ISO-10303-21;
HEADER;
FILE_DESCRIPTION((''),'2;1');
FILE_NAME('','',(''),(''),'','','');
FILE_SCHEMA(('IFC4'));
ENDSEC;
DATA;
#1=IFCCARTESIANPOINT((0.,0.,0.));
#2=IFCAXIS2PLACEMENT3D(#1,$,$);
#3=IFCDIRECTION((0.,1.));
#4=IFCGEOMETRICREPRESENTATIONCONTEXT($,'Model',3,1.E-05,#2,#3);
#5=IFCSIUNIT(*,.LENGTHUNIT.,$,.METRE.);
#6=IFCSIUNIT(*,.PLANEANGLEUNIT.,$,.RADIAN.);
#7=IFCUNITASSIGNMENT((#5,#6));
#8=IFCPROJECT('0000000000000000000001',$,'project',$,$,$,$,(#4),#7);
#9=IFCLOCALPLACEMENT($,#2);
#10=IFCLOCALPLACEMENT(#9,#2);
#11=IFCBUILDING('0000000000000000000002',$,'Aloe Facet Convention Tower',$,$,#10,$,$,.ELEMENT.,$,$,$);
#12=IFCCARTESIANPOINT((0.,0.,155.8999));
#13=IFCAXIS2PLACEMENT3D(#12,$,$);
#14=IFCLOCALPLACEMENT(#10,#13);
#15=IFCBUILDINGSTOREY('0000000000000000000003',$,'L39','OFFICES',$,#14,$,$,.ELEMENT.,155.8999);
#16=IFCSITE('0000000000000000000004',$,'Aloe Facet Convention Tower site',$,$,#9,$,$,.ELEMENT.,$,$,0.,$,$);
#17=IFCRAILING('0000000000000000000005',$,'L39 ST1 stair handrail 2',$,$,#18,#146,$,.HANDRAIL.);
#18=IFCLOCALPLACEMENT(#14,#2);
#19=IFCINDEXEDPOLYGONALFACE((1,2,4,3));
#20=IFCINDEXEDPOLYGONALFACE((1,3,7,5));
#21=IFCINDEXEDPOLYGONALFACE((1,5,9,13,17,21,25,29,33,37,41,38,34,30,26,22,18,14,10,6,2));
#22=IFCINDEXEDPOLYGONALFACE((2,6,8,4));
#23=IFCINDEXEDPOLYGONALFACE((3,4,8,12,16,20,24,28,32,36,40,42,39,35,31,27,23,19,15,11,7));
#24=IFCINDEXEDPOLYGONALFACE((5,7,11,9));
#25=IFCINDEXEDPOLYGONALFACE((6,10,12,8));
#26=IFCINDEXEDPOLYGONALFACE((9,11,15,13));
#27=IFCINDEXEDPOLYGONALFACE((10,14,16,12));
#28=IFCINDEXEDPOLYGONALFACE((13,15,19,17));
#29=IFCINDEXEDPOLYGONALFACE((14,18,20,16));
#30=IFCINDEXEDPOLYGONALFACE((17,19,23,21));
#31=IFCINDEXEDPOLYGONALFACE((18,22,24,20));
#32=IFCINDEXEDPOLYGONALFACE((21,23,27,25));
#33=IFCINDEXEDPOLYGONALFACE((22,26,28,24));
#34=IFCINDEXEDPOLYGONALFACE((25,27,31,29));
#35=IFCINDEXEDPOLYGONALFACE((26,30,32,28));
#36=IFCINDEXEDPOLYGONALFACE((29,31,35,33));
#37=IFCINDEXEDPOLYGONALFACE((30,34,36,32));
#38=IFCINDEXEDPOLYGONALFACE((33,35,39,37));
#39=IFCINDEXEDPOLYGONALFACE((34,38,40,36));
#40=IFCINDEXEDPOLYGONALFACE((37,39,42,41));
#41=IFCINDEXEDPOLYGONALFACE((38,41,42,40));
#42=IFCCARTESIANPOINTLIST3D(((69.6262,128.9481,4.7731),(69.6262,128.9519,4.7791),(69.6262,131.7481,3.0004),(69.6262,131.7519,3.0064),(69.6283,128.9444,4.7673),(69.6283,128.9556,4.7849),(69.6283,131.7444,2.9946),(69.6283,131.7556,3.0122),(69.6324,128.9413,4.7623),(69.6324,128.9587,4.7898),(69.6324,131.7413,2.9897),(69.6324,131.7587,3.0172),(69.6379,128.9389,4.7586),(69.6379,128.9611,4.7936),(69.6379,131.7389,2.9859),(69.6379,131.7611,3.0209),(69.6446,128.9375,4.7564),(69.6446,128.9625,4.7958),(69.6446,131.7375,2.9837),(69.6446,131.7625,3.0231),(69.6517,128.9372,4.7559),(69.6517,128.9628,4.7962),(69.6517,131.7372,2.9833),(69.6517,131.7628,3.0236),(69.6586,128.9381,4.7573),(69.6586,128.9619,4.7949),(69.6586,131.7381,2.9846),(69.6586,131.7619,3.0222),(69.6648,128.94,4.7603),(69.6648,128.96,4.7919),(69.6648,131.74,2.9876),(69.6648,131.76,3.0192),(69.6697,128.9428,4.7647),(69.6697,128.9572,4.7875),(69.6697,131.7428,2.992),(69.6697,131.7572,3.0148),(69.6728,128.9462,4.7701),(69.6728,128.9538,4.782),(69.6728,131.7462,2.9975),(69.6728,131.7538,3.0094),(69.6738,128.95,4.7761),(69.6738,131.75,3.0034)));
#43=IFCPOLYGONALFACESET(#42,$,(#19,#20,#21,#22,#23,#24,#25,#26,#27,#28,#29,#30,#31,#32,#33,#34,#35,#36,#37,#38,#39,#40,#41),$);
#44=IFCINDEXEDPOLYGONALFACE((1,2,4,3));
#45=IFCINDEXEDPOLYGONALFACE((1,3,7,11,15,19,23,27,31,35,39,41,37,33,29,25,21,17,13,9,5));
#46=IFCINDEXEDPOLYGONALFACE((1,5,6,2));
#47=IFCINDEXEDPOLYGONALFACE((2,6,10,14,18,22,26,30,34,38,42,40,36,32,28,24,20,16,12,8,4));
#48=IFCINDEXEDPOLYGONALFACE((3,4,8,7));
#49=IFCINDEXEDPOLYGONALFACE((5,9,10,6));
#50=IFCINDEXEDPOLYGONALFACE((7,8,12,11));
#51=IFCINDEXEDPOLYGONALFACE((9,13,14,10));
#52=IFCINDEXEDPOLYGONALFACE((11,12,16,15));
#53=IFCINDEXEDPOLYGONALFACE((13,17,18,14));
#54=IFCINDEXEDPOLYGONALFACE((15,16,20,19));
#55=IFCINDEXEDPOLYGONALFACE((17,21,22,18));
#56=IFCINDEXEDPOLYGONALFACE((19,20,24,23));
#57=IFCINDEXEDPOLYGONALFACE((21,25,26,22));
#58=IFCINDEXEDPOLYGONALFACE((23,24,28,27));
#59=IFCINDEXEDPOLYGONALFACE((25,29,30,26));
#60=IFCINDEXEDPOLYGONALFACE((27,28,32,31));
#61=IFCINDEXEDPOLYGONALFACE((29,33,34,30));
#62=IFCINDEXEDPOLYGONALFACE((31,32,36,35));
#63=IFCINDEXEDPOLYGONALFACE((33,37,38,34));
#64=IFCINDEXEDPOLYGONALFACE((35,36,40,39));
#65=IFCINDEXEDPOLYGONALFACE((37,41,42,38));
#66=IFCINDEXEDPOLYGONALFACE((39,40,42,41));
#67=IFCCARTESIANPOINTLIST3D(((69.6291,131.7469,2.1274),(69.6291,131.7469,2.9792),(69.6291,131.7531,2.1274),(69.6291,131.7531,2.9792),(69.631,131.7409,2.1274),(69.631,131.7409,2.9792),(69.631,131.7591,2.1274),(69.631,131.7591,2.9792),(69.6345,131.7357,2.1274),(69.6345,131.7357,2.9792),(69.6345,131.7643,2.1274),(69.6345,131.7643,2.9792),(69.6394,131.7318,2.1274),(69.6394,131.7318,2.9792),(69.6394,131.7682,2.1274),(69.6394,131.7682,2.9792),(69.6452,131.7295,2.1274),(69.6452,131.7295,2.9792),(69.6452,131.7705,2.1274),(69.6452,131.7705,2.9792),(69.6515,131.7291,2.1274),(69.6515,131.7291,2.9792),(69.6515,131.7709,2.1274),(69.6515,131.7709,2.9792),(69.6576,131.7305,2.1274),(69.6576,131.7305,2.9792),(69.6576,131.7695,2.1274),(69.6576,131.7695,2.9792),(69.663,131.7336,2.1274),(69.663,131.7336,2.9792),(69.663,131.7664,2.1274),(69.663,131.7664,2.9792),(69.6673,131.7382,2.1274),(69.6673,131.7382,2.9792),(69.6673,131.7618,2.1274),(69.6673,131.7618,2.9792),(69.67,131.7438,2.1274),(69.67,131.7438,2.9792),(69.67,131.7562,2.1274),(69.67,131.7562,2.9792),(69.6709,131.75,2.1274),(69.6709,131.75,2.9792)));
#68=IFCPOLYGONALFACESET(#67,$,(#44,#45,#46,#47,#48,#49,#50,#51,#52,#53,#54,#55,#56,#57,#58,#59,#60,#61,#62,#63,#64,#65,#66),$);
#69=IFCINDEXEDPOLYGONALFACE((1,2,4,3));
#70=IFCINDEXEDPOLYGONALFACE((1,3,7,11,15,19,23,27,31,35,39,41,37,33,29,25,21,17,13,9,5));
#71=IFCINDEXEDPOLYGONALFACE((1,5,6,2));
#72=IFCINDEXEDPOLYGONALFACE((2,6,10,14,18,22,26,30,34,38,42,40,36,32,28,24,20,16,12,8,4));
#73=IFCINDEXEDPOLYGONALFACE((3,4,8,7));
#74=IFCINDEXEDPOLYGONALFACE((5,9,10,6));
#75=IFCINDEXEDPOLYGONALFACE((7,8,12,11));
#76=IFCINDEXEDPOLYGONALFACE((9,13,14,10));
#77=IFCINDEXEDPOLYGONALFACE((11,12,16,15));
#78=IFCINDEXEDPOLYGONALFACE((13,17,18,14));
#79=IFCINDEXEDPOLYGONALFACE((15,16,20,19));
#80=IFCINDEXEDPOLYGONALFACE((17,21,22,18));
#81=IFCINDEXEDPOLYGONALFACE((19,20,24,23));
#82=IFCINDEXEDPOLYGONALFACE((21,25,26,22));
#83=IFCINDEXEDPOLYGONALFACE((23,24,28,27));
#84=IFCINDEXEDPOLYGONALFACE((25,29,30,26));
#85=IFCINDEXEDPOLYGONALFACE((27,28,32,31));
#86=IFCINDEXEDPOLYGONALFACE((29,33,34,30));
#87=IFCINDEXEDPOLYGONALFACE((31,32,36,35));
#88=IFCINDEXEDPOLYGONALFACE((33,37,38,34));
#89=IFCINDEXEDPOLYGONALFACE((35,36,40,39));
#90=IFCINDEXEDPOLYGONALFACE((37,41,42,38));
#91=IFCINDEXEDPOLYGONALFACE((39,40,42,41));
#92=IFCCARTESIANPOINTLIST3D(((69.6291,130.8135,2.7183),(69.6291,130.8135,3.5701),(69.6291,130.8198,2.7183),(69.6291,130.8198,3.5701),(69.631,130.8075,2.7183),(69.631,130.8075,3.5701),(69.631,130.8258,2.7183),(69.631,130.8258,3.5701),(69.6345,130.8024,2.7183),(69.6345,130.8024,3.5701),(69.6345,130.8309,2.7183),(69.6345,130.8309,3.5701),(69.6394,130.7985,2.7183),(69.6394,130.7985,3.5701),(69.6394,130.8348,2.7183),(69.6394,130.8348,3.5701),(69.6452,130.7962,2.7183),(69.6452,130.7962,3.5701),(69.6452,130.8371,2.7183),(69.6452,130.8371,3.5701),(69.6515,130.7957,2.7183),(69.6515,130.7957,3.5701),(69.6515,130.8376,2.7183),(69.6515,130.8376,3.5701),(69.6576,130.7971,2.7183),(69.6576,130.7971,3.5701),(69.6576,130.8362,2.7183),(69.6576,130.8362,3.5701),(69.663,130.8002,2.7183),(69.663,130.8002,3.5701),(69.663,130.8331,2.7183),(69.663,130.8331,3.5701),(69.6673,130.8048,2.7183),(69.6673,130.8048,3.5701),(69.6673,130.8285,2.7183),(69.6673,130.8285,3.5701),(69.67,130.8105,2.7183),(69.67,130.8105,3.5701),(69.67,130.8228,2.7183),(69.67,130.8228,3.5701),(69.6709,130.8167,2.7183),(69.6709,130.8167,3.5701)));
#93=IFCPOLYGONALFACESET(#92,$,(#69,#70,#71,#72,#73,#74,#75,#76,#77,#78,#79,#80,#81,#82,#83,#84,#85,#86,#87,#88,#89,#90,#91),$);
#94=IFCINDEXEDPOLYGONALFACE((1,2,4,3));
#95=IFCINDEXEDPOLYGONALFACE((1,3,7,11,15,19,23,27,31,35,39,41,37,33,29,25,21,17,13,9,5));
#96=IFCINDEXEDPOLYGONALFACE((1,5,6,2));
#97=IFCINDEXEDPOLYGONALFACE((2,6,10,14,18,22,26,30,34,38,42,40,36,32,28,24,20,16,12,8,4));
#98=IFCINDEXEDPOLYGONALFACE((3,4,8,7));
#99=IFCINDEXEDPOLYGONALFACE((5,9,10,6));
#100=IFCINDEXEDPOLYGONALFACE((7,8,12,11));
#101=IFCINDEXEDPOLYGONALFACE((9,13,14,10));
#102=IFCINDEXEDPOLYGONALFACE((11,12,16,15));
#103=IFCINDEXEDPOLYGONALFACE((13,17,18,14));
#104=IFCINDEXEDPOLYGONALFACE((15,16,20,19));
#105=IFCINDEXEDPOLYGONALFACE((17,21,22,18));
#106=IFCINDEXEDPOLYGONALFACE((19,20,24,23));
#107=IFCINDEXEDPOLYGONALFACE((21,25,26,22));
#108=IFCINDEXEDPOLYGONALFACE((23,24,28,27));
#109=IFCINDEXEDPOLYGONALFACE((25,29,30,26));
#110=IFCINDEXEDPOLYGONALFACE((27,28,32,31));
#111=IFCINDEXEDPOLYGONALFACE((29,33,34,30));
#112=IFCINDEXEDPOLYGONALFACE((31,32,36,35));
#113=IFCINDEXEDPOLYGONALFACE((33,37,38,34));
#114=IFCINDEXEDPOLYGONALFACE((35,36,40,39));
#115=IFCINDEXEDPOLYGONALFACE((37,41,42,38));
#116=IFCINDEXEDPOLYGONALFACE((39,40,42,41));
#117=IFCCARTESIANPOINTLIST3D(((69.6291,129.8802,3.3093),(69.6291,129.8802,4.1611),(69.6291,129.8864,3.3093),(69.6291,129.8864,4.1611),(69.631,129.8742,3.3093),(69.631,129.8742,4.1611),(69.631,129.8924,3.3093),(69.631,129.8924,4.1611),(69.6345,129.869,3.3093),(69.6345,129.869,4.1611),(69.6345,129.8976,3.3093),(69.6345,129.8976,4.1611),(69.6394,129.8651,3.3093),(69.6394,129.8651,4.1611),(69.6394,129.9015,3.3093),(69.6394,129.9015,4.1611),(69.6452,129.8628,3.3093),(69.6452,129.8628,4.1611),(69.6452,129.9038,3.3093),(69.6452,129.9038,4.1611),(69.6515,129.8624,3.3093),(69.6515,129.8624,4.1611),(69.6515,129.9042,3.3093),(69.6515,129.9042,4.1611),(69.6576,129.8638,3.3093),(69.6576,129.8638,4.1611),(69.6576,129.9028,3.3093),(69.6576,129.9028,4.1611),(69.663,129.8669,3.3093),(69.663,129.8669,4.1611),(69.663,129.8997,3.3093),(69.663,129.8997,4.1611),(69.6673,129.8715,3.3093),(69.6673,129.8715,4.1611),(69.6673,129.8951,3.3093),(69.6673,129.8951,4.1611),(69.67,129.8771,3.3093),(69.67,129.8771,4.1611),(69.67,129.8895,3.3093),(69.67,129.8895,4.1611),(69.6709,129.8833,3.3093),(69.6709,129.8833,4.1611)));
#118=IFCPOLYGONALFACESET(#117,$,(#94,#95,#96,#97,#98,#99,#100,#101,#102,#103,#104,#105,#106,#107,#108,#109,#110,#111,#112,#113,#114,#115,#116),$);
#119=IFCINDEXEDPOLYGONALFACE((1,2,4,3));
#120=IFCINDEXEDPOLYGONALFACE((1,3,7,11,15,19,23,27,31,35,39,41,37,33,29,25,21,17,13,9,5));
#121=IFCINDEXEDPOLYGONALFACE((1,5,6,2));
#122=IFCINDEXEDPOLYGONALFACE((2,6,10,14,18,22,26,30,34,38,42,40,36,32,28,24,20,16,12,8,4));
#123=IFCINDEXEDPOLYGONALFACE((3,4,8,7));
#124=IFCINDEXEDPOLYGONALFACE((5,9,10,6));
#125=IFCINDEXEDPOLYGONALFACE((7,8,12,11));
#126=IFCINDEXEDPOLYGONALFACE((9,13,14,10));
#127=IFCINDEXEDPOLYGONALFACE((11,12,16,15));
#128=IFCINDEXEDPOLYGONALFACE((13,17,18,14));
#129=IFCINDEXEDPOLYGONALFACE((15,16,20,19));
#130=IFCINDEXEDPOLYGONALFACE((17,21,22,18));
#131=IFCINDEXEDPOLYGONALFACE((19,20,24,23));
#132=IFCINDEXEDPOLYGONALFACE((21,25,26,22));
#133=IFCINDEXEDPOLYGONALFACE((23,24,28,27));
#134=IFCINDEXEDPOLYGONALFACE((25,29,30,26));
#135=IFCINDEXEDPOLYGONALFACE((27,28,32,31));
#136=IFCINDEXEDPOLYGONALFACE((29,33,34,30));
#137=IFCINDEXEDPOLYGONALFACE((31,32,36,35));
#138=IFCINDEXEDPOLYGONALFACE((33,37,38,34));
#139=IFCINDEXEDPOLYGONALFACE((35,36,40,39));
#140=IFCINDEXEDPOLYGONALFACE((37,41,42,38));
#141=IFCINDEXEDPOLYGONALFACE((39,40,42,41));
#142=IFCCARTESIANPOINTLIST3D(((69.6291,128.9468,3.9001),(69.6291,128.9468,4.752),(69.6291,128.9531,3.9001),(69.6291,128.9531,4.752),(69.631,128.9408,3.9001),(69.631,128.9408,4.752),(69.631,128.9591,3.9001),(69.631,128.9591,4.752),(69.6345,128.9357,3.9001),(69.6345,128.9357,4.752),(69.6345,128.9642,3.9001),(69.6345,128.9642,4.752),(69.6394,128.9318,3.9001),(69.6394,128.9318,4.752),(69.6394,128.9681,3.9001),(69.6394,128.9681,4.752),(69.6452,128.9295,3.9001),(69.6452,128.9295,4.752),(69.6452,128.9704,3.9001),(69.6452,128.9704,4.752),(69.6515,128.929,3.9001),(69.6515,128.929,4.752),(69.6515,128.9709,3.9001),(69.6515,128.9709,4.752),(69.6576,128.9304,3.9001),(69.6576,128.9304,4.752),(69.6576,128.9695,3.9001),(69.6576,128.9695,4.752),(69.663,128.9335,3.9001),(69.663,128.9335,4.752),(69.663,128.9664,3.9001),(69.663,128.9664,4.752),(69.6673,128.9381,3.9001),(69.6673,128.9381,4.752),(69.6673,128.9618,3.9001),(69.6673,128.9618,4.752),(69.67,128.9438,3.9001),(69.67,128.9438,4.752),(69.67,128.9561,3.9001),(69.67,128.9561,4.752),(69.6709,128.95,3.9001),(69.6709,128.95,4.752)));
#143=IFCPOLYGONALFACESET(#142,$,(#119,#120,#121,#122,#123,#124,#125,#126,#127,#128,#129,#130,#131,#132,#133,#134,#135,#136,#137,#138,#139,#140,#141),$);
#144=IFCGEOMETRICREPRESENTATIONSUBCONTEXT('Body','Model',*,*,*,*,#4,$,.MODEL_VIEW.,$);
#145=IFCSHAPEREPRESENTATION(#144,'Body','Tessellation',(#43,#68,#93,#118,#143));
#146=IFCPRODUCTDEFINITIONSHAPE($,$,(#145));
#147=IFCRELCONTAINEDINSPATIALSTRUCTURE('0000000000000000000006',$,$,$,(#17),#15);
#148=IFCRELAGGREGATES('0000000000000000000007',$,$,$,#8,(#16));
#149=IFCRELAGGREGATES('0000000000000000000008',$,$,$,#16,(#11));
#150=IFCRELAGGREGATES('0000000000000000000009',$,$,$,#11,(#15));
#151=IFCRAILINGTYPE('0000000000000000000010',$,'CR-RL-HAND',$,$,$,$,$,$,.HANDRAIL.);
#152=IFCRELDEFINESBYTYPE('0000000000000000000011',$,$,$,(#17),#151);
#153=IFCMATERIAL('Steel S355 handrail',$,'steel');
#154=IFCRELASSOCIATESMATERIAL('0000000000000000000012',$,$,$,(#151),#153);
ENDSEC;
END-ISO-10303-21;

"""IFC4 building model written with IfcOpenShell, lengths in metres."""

from ifc_helpers import new_model, si_unit, direction, frame, origin, origin_2d, place, context, subcontext, project, spatial, circle, extrude, material, type_object, element, save


model = new_model("IFC4")

# Units and contexts
model_context = context("Model", 3, precision=1e-05, world=origin(), true_north=direction((0.0, 1.0)))
body_context = subcontext(model_context, "Body", "Model", "MODEL_VIEW")
ifc_project = project(units=[si_unit("LENGTHUNIT", "METRE"), si_unit("PLANEANGLEUNIT", "RADIAN")], contexts=[model_context])

# Site, building, storey
site_placement = place(None, origin())
site = spatial("IfcSite", under=ifc_project, at=site_placement, Name="Aloe Facet Convention Tower site", CompositionType="ELEMENT", RefElevation=0.0)
building_placement = place(site_placement, origin())
building = spatial("IfcBuilding", under=site, at=building_placement, Name="Aloe Facet Convention Tower", CompositionType="ELEMENT")
storey_placement = place(building_placement, frame((0.0, 0.0, 155.8999)))
storey = spatial("IfcBuildingStorey", under=building, at=storey_placement, Name="L39", Description="OFFICES", CompositionType="ELEMENT", Elevation=155.8999)

# Railing
ifc_material_1 = material(Name="Steel S355 handrail", Category="steel")
railing_type_1 = type_object("IfcRailingType", Name="CR-RL-HAND", PredefinedType="HANDRAIL", material=ifc_material_1)
railing_1_placement = place(storey_placement, frame((69.6499, 131.75, 2.1274)))
element("IfcRailing", 1, at=railing_1_placement, inside=storey, type_object=railing_type_1, Name="L39 ST1 stair handrail 2", PredefinedType="HANDRAIL", context=body_context, shape_type="SweptSolid", body=[
    extrude(circle(Radius=0.0239, at=origin_2d()), frame((0.0, 0.0, 0.876), z_axis=(0.0, -0.844909, 0.53491), x_axis=(1.0, 0.0, 0.0)), (0.0, 0.0, 1.0), 3.314),
    extrude(circle(Radius=0.021, at=origin_2d()), origin(), (0.0, 0.0, 1.0), 0.8518),
    extrude(circle(Radius=0.021, at=origin_2d()), frame((0.0, -0.9333, 0.5908)), (0.0, 0.0, 1.0), 0.8518),
    extrude(circle(Radius=0.021, at=origin_2d()), frame((0.0, -1.8667, 1.1819)), (0.0, 0.0, 1.0), 0.8518),
    extrude(circle(Radius=0.021, at=origin_2d()), frame((0.0, -2.8, 1.7727)), (0.0, 0.0, 1.0), 0.8518),
])

save(model, "model.ifc")
